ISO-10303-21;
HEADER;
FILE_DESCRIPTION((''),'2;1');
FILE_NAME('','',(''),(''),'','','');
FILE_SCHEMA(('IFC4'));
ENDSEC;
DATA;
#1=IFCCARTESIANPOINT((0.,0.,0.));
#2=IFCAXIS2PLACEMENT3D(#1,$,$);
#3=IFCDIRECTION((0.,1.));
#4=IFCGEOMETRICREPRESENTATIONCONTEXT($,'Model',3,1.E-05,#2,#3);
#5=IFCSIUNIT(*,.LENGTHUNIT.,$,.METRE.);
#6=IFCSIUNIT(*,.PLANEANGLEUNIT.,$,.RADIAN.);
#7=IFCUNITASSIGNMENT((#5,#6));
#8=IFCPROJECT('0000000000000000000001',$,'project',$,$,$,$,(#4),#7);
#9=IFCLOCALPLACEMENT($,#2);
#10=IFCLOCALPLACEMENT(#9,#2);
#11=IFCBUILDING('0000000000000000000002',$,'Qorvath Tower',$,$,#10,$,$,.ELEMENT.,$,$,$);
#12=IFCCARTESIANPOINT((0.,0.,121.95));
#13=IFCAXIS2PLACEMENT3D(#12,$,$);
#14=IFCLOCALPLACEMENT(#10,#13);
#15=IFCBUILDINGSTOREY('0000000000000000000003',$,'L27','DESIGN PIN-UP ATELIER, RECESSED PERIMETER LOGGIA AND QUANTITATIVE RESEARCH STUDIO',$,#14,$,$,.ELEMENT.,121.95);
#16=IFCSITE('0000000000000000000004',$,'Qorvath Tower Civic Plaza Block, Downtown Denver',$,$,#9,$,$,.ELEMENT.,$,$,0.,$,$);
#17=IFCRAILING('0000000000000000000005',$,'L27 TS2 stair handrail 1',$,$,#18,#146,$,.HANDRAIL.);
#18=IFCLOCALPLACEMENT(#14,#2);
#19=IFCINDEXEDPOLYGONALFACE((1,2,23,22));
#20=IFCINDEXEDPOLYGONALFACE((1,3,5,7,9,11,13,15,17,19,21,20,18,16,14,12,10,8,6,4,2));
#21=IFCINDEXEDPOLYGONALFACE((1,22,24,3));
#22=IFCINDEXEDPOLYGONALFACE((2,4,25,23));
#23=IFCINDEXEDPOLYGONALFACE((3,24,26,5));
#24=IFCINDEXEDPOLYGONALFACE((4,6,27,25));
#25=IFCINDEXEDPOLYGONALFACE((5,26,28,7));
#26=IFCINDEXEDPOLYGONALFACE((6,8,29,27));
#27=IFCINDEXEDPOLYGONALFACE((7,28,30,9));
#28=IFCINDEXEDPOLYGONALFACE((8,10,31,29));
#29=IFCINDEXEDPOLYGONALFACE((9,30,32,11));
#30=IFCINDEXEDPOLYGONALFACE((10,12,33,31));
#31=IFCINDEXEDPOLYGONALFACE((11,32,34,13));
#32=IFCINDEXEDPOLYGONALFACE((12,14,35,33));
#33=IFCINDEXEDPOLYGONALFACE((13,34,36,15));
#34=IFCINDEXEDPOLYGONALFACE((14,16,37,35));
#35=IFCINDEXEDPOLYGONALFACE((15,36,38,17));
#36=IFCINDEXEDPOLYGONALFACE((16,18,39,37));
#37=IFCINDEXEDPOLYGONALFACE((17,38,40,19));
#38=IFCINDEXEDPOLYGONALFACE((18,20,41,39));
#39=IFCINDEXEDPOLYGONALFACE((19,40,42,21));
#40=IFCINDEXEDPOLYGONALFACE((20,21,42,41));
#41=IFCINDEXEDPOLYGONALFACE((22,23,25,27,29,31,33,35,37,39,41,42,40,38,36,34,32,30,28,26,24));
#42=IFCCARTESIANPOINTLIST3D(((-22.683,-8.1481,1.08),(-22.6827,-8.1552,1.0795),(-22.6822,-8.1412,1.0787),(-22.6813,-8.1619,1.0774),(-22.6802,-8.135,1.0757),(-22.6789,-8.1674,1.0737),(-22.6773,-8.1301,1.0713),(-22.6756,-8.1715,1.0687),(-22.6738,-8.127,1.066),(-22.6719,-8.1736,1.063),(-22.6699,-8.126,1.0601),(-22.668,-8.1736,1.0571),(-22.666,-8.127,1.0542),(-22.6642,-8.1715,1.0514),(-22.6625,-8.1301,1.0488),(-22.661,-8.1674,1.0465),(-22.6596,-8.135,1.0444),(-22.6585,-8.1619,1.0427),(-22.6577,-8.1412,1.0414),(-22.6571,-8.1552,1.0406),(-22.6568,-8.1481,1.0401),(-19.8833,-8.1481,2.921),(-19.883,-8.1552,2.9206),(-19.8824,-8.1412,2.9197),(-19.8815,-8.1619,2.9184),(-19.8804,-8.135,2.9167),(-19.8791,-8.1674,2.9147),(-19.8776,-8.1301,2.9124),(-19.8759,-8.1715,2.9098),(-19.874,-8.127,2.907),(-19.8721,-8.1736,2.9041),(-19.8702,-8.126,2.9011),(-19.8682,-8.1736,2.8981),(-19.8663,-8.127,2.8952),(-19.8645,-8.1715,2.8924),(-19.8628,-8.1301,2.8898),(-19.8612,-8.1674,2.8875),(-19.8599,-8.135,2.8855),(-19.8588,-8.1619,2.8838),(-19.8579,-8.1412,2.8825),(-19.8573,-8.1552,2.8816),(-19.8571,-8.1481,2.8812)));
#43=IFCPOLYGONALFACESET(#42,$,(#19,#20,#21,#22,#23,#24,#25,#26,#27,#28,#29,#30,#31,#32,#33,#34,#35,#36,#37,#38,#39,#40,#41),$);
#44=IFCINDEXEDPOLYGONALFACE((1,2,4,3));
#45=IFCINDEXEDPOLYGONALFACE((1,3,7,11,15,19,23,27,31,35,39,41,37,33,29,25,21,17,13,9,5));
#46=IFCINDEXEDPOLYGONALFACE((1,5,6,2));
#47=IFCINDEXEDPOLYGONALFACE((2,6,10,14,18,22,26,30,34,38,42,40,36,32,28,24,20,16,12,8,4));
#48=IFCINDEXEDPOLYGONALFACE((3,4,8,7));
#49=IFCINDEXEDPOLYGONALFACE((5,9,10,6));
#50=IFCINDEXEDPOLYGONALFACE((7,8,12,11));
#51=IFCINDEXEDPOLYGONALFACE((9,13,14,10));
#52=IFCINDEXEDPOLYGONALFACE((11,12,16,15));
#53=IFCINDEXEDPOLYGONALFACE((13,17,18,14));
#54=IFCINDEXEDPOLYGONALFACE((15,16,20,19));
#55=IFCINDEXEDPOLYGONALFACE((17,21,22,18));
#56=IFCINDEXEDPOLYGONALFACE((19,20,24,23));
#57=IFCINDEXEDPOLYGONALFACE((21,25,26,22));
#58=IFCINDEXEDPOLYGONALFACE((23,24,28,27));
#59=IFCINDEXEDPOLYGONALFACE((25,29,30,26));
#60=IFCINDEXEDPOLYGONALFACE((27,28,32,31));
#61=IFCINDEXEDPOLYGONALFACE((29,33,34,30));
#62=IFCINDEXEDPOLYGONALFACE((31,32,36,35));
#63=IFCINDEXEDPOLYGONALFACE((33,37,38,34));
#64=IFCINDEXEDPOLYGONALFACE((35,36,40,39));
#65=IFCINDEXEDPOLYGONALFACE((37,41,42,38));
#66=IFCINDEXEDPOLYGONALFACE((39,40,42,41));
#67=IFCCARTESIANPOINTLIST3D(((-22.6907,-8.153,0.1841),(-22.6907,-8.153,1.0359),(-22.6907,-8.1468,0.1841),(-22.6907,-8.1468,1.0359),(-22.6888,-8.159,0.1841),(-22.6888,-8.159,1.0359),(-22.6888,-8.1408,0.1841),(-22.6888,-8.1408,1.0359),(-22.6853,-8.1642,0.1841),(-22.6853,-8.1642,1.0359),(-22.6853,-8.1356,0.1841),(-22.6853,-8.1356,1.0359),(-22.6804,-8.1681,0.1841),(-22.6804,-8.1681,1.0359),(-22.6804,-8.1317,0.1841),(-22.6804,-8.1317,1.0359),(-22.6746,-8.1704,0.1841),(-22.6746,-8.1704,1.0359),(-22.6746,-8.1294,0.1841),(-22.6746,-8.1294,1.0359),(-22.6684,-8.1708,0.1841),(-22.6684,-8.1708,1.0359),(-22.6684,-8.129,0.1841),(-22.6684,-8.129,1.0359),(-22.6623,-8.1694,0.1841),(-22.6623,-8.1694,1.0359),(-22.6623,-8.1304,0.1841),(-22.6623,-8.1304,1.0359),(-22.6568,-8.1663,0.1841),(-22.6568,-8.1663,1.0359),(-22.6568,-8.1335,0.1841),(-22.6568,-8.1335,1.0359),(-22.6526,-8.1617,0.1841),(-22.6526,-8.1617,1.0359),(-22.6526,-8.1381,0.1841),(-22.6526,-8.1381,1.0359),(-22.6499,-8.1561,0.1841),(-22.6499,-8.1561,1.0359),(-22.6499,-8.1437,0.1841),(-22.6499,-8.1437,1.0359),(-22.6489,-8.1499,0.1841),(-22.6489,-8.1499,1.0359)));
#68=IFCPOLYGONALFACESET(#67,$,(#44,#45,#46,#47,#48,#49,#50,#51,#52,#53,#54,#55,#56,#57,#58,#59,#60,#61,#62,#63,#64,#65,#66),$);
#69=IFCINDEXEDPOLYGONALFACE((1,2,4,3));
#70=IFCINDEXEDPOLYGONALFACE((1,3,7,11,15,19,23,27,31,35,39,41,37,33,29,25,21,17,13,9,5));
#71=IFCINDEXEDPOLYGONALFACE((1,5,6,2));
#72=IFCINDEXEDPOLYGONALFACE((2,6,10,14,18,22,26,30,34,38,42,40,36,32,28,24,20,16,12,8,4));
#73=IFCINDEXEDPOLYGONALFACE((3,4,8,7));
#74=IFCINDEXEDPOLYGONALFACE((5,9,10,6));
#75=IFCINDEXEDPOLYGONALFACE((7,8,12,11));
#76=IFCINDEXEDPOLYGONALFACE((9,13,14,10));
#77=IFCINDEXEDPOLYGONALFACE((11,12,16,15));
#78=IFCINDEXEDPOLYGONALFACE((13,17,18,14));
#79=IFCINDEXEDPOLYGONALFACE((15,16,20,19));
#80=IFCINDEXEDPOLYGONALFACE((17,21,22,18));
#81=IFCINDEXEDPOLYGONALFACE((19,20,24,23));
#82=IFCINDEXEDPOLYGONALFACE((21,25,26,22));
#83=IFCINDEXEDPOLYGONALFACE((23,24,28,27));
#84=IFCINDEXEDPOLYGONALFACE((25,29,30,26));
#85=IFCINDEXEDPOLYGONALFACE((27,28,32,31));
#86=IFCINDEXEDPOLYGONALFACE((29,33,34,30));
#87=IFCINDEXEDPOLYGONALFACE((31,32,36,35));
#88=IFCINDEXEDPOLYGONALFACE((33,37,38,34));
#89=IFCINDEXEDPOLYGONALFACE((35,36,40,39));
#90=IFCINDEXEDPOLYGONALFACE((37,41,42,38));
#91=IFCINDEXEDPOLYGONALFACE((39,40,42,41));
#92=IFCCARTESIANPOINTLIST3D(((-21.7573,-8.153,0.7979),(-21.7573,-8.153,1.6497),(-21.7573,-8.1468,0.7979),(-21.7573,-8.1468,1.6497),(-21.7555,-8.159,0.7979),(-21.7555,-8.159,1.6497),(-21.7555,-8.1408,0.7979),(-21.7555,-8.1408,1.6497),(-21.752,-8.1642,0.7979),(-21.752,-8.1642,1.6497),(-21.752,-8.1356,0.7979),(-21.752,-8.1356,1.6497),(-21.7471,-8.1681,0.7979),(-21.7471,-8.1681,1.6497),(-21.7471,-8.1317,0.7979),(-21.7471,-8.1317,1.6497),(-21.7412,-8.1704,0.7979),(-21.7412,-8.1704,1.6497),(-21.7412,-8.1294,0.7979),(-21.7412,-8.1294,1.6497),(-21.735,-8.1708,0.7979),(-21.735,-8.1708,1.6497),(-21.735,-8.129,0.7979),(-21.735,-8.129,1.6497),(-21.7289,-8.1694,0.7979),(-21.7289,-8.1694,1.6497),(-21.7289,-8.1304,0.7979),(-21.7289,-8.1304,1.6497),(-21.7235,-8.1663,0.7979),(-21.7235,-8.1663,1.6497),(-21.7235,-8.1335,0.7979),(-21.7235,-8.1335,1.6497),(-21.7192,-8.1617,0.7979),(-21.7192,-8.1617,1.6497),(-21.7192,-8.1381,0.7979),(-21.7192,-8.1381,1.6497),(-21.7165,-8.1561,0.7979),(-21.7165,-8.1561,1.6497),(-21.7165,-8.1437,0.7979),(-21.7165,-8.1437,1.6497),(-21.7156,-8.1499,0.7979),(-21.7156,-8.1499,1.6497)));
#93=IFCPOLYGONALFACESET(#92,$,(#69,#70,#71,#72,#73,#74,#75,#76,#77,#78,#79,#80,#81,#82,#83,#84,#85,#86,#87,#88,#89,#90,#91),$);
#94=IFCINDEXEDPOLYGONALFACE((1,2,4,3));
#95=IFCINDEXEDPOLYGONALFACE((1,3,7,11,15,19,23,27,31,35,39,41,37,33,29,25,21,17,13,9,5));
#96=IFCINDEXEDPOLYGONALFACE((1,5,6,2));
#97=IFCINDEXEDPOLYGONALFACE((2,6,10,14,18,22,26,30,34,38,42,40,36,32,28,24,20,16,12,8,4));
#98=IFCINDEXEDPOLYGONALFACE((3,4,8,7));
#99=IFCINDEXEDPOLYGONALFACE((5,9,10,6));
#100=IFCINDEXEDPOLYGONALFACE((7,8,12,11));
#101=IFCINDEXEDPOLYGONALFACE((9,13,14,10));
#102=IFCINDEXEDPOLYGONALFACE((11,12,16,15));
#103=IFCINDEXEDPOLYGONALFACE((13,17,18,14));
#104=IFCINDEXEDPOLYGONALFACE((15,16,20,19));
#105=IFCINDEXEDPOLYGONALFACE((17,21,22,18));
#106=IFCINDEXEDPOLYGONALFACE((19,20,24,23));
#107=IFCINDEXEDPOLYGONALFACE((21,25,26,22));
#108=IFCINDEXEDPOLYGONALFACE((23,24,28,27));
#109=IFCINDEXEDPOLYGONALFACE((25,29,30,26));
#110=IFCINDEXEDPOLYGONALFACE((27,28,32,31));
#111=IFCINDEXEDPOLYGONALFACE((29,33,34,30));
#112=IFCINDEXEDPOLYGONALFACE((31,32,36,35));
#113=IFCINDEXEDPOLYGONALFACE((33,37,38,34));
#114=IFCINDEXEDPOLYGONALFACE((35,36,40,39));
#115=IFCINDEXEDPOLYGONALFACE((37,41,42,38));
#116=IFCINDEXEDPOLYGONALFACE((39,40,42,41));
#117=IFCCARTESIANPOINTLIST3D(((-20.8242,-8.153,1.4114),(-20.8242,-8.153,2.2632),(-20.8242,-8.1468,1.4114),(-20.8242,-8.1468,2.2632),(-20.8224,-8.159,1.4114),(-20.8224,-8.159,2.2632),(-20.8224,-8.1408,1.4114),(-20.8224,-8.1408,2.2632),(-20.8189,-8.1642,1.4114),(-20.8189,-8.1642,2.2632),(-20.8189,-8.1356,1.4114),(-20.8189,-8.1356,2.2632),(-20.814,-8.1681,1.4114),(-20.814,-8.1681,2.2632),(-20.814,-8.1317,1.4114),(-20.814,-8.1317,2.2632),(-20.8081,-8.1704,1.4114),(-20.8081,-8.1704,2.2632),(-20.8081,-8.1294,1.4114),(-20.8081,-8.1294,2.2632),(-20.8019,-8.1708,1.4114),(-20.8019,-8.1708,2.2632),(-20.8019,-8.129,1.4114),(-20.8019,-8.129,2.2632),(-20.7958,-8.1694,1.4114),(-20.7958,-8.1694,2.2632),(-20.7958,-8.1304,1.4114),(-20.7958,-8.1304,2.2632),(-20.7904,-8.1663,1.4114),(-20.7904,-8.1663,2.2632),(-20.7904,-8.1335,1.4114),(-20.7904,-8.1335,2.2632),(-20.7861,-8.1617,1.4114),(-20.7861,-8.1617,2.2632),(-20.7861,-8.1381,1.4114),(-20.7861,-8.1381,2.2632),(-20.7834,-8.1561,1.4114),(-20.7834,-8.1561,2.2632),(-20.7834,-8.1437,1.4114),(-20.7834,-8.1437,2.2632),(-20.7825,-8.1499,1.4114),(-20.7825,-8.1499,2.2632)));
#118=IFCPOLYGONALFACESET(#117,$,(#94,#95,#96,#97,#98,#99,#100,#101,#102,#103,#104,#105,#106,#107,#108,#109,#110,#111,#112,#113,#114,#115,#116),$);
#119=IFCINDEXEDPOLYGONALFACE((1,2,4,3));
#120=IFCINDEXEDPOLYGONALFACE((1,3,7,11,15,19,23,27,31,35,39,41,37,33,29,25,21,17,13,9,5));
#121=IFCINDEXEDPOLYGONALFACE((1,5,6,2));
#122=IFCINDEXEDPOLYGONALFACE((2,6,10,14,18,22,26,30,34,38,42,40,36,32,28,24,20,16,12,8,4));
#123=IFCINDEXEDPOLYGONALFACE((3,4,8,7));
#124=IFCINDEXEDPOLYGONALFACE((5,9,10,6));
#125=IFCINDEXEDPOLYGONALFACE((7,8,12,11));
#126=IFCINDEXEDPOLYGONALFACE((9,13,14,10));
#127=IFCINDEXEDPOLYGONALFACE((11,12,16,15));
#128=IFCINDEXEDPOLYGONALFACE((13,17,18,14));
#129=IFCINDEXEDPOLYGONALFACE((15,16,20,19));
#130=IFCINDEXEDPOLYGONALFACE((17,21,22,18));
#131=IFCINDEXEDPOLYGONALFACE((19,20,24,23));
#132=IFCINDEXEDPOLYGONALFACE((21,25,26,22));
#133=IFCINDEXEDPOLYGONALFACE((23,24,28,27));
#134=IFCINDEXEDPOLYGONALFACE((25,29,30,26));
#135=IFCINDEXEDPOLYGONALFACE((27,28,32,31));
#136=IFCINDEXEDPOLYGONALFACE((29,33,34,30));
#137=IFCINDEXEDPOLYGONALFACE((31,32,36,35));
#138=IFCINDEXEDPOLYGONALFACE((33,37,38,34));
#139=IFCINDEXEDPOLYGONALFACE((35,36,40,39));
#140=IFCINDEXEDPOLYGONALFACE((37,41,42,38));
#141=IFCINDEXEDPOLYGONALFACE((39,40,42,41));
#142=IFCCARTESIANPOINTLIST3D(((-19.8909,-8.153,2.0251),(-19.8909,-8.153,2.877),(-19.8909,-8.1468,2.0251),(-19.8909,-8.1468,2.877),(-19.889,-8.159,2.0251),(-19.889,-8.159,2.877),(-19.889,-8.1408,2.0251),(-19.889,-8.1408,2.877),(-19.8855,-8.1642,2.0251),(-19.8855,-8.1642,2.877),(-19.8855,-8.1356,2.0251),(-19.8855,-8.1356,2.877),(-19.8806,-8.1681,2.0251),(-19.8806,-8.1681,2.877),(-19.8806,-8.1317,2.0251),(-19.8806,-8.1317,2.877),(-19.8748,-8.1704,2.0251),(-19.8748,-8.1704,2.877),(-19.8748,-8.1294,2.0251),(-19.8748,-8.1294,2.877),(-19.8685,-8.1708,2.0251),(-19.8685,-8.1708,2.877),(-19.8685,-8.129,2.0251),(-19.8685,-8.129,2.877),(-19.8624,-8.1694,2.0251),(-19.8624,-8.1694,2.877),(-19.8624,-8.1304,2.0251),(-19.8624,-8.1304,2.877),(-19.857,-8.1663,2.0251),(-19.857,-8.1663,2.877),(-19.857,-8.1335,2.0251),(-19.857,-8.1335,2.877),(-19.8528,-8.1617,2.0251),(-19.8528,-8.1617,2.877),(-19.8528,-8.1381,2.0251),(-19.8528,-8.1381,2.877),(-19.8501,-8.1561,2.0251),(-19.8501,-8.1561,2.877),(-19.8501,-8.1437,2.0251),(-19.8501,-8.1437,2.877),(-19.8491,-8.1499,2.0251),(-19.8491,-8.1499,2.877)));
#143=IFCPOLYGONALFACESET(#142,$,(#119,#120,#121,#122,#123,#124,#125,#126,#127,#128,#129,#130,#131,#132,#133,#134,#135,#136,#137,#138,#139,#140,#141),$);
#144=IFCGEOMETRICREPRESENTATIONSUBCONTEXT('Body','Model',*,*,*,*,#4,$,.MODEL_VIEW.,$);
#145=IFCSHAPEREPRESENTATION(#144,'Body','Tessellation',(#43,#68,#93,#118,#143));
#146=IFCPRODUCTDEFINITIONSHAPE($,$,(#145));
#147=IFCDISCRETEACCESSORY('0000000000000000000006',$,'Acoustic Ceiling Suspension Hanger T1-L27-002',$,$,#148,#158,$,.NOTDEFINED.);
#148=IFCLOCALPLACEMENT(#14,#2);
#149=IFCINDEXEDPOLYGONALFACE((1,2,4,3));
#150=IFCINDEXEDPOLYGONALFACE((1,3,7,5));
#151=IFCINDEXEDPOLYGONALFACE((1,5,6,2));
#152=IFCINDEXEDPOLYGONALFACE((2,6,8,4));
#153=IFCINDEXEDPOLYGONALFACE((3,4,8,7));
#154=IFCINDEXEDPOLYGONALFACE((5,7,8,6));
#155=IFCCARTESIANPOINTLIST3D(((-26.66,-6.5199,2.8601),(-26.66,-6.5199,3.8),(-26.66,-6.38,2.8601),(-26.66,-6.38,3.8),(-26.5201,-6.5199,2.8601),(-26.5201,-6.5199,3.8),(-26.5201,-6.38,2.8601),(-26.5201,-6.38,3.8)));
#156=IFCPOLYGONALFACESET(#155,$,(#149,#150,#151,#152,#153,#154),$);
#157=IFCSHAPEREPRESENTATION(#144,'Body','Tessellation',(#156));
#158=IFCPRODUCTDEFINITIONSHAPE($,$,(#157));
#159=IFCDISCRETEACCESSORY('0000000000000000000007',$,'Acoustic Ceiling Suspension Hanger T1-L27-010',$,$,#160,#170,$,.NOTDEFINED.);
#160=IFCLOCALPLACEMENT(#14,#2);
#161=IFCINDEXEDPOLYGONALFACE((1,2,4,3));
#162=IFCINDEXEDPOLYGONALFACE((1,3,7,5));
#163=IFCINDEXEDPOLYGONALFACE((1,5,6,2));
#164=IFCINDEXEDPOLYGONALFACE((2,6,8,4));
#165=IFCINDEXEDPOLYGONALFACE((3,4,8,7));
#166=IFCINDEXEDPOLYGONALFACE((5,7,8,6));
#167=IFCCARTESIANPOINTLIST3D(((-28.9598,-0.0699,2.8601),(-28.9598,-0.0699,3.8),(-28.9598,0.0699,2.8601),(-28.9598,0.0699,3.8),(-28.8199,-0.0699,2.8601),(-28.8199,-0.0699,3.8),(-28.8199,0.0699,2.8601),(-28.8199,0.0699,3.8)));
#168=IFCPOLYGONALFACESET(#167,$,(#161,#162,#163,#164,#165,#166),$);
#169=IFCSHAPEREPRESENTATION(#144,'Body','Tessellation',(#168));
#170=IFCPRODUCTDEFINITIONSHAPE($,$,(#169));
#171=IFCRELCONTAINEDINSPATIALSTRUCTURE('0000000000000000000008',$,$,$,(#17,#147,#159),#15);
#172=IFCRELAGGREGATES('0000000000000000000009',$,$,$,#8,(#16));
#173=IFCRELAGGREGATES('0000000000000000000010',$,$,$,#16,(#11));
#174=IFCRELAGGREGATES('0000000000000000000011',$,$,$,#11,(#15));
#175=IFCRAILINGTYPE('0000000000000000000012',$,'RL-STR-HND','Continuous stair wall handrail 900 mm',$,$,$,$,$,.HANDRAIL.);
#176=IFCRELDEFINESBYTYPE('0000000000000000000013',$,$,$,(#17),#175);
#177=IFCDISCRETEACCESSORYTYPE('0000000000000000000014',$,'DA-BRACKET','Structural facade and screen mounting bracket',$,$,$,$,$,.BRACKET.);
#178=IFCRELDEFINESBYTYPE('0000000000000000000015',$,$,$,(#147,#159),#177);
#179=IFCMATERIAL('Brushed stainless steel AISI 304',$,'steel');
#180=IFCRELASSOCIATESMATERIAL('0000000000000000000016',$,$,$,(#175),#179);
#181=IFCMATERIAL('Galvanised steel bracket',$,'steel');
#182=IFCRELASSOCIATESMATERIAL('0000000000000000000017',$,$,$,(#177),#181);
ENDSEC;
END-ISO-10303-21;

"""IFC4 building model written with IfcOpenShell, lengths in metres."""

from ifc_helpers import new_model, si_unit, direction, frame, origin, origin_2d, place, context, subcontext, project, spatial, rectangle, circle, extrude, material, type_object, element, save


model = new_model("IFC4")

# Units and contexts
model_context = context("Model", 3, precision=1e-05, world=origin(), true_north=direction((0.0, 1.0)))
body_context = subcontext(model_context, "Body", "Model", "MODEL_VIEW")
ifc_project = project(units=[si_unit("LENGTHUNIT", "METRE"), si_unit("PLANEANGLEUNIT", "RADIAN")], contexts=[model_context])

# Site, building, storey
site_placement = place(None, origin())
site = spatial("IfcSite", under=ifc_project, at=site_placement, Name="Qorvath Tower Civic Plaza Block, Downtown Denver", CompositionType="ELEMENT", RefElevation=0.0)
building_placement = place(site_placement, origin())
building = spatial("IfcBuilding", under=site, at=building_placement, Name="Qorvath Tower", CompositionType="ELEMENT")
storey_placement = place(building_placement, frame((0.0, 0.0, 121.95)))
storey = spatial("IfcBuildingStorey", under=building, at=storey_placement, Name="L27", Description="DESIGN PIN-UP ATELIER, RECESSED PERIMETER LOGGIA AND QUANTITATIVE RESEARCH STUDIO", CompositionType="ELEMENT", Elevation=121.95)

# Railing
ifc_material_1 = material(Name="Brushed stainless steel AISI 304", Category="steel")
railing_type_1 = type_object("IfcRailingType", Name="RL-STR-HND", Description="Continuous stair wall handrail 900 mm", PredefinedType="HANDRAIL", material=ifc_material_1)
railing_1_placement = place(storey_placement, frame((-22.6699, -8.1499, 0.1841)))
element("IfcRailing", 1, at=railing_1_placement, inside=storey, type_object=railing_type_1, Name="L27 TS2 stair handrail 1", PredefinedType="HANDRAIL", context=body_context, shape_type="SweptSolid", body=[
    extrude(circle(Radius=0.0239, at=origin_2d()), frame((0.0, 0.0, 0.876), z_axis=(0.835542, 0.0, 0.549426), x_axis=(0.0, 1.0, 0.0)), (0.0, 0.0, 1.0), 3.3508),
    extrude(circle(Radius=0.021, at=origin_2d()), origin(), (0.0, 0.0, 1.0), 0.8518),
    extrude(circle(Radius=0.021, at=origin_2d()), frame((0.9333, 0.0, 0.6138)), (0.0, 0.0, 1.0), 0.8518),
    extrude(circle(Radius=0.021, at=origin_2d()), frame((1.8665, 0.0, 1.2273)), (0.0, 0.0, 1.0), 0.8518),
    extrude(circle(Radius=0.021, at=origin_2d()), frame((2.7998, 0.0, 1.8411)), (0.0, 0.0, 1.0), 0.8518),
])

# Discrete accessories
ifc_material_2 = material(Name="Galvanised steel bracket", Category="steel")
discrete_accessory_type = type_object("IfcDiscreteAccessoryType", Name="DA-BRACKET", Description="Structural facade and screen mounting bracket", PredefinedType="BRACKET", material=ifc_material_2)
for number, where, z_axis, x_axis, name in (
    (2, (-26.5901, -6.45, 2.8601), (0.0, 0.0, 1.0), (1.0, 0.0, 0.0), "Acoustic Ceiling Suspension Hanger T1-L27-002"),
    (3, (-28.8899, 0.0, 2.8601), (0.0, 0.0, 1.0), (1.0, 0.0, 0.0), "Acoustic Ceiling Suspension Hanger T1-L27-010"),
):
    element("IfcDiscreteAccessory", number, at=place(storey_placement, frame(where, z_axis=z_axis, x_axis=x_axis)), inside=storey, type_object=discrete_accessory_type, Name=name, PredefinedType="NOTDEFINED", context=body_context, shape_type="SweptSolid", body=[
        extrude(rectangle(XDim=0.1399, YDim=0.1399, at=origin_2d()), origin(), (0.0, 0.0, 1.0), 0.9399),
    ])

save(model, "model.ifc")
